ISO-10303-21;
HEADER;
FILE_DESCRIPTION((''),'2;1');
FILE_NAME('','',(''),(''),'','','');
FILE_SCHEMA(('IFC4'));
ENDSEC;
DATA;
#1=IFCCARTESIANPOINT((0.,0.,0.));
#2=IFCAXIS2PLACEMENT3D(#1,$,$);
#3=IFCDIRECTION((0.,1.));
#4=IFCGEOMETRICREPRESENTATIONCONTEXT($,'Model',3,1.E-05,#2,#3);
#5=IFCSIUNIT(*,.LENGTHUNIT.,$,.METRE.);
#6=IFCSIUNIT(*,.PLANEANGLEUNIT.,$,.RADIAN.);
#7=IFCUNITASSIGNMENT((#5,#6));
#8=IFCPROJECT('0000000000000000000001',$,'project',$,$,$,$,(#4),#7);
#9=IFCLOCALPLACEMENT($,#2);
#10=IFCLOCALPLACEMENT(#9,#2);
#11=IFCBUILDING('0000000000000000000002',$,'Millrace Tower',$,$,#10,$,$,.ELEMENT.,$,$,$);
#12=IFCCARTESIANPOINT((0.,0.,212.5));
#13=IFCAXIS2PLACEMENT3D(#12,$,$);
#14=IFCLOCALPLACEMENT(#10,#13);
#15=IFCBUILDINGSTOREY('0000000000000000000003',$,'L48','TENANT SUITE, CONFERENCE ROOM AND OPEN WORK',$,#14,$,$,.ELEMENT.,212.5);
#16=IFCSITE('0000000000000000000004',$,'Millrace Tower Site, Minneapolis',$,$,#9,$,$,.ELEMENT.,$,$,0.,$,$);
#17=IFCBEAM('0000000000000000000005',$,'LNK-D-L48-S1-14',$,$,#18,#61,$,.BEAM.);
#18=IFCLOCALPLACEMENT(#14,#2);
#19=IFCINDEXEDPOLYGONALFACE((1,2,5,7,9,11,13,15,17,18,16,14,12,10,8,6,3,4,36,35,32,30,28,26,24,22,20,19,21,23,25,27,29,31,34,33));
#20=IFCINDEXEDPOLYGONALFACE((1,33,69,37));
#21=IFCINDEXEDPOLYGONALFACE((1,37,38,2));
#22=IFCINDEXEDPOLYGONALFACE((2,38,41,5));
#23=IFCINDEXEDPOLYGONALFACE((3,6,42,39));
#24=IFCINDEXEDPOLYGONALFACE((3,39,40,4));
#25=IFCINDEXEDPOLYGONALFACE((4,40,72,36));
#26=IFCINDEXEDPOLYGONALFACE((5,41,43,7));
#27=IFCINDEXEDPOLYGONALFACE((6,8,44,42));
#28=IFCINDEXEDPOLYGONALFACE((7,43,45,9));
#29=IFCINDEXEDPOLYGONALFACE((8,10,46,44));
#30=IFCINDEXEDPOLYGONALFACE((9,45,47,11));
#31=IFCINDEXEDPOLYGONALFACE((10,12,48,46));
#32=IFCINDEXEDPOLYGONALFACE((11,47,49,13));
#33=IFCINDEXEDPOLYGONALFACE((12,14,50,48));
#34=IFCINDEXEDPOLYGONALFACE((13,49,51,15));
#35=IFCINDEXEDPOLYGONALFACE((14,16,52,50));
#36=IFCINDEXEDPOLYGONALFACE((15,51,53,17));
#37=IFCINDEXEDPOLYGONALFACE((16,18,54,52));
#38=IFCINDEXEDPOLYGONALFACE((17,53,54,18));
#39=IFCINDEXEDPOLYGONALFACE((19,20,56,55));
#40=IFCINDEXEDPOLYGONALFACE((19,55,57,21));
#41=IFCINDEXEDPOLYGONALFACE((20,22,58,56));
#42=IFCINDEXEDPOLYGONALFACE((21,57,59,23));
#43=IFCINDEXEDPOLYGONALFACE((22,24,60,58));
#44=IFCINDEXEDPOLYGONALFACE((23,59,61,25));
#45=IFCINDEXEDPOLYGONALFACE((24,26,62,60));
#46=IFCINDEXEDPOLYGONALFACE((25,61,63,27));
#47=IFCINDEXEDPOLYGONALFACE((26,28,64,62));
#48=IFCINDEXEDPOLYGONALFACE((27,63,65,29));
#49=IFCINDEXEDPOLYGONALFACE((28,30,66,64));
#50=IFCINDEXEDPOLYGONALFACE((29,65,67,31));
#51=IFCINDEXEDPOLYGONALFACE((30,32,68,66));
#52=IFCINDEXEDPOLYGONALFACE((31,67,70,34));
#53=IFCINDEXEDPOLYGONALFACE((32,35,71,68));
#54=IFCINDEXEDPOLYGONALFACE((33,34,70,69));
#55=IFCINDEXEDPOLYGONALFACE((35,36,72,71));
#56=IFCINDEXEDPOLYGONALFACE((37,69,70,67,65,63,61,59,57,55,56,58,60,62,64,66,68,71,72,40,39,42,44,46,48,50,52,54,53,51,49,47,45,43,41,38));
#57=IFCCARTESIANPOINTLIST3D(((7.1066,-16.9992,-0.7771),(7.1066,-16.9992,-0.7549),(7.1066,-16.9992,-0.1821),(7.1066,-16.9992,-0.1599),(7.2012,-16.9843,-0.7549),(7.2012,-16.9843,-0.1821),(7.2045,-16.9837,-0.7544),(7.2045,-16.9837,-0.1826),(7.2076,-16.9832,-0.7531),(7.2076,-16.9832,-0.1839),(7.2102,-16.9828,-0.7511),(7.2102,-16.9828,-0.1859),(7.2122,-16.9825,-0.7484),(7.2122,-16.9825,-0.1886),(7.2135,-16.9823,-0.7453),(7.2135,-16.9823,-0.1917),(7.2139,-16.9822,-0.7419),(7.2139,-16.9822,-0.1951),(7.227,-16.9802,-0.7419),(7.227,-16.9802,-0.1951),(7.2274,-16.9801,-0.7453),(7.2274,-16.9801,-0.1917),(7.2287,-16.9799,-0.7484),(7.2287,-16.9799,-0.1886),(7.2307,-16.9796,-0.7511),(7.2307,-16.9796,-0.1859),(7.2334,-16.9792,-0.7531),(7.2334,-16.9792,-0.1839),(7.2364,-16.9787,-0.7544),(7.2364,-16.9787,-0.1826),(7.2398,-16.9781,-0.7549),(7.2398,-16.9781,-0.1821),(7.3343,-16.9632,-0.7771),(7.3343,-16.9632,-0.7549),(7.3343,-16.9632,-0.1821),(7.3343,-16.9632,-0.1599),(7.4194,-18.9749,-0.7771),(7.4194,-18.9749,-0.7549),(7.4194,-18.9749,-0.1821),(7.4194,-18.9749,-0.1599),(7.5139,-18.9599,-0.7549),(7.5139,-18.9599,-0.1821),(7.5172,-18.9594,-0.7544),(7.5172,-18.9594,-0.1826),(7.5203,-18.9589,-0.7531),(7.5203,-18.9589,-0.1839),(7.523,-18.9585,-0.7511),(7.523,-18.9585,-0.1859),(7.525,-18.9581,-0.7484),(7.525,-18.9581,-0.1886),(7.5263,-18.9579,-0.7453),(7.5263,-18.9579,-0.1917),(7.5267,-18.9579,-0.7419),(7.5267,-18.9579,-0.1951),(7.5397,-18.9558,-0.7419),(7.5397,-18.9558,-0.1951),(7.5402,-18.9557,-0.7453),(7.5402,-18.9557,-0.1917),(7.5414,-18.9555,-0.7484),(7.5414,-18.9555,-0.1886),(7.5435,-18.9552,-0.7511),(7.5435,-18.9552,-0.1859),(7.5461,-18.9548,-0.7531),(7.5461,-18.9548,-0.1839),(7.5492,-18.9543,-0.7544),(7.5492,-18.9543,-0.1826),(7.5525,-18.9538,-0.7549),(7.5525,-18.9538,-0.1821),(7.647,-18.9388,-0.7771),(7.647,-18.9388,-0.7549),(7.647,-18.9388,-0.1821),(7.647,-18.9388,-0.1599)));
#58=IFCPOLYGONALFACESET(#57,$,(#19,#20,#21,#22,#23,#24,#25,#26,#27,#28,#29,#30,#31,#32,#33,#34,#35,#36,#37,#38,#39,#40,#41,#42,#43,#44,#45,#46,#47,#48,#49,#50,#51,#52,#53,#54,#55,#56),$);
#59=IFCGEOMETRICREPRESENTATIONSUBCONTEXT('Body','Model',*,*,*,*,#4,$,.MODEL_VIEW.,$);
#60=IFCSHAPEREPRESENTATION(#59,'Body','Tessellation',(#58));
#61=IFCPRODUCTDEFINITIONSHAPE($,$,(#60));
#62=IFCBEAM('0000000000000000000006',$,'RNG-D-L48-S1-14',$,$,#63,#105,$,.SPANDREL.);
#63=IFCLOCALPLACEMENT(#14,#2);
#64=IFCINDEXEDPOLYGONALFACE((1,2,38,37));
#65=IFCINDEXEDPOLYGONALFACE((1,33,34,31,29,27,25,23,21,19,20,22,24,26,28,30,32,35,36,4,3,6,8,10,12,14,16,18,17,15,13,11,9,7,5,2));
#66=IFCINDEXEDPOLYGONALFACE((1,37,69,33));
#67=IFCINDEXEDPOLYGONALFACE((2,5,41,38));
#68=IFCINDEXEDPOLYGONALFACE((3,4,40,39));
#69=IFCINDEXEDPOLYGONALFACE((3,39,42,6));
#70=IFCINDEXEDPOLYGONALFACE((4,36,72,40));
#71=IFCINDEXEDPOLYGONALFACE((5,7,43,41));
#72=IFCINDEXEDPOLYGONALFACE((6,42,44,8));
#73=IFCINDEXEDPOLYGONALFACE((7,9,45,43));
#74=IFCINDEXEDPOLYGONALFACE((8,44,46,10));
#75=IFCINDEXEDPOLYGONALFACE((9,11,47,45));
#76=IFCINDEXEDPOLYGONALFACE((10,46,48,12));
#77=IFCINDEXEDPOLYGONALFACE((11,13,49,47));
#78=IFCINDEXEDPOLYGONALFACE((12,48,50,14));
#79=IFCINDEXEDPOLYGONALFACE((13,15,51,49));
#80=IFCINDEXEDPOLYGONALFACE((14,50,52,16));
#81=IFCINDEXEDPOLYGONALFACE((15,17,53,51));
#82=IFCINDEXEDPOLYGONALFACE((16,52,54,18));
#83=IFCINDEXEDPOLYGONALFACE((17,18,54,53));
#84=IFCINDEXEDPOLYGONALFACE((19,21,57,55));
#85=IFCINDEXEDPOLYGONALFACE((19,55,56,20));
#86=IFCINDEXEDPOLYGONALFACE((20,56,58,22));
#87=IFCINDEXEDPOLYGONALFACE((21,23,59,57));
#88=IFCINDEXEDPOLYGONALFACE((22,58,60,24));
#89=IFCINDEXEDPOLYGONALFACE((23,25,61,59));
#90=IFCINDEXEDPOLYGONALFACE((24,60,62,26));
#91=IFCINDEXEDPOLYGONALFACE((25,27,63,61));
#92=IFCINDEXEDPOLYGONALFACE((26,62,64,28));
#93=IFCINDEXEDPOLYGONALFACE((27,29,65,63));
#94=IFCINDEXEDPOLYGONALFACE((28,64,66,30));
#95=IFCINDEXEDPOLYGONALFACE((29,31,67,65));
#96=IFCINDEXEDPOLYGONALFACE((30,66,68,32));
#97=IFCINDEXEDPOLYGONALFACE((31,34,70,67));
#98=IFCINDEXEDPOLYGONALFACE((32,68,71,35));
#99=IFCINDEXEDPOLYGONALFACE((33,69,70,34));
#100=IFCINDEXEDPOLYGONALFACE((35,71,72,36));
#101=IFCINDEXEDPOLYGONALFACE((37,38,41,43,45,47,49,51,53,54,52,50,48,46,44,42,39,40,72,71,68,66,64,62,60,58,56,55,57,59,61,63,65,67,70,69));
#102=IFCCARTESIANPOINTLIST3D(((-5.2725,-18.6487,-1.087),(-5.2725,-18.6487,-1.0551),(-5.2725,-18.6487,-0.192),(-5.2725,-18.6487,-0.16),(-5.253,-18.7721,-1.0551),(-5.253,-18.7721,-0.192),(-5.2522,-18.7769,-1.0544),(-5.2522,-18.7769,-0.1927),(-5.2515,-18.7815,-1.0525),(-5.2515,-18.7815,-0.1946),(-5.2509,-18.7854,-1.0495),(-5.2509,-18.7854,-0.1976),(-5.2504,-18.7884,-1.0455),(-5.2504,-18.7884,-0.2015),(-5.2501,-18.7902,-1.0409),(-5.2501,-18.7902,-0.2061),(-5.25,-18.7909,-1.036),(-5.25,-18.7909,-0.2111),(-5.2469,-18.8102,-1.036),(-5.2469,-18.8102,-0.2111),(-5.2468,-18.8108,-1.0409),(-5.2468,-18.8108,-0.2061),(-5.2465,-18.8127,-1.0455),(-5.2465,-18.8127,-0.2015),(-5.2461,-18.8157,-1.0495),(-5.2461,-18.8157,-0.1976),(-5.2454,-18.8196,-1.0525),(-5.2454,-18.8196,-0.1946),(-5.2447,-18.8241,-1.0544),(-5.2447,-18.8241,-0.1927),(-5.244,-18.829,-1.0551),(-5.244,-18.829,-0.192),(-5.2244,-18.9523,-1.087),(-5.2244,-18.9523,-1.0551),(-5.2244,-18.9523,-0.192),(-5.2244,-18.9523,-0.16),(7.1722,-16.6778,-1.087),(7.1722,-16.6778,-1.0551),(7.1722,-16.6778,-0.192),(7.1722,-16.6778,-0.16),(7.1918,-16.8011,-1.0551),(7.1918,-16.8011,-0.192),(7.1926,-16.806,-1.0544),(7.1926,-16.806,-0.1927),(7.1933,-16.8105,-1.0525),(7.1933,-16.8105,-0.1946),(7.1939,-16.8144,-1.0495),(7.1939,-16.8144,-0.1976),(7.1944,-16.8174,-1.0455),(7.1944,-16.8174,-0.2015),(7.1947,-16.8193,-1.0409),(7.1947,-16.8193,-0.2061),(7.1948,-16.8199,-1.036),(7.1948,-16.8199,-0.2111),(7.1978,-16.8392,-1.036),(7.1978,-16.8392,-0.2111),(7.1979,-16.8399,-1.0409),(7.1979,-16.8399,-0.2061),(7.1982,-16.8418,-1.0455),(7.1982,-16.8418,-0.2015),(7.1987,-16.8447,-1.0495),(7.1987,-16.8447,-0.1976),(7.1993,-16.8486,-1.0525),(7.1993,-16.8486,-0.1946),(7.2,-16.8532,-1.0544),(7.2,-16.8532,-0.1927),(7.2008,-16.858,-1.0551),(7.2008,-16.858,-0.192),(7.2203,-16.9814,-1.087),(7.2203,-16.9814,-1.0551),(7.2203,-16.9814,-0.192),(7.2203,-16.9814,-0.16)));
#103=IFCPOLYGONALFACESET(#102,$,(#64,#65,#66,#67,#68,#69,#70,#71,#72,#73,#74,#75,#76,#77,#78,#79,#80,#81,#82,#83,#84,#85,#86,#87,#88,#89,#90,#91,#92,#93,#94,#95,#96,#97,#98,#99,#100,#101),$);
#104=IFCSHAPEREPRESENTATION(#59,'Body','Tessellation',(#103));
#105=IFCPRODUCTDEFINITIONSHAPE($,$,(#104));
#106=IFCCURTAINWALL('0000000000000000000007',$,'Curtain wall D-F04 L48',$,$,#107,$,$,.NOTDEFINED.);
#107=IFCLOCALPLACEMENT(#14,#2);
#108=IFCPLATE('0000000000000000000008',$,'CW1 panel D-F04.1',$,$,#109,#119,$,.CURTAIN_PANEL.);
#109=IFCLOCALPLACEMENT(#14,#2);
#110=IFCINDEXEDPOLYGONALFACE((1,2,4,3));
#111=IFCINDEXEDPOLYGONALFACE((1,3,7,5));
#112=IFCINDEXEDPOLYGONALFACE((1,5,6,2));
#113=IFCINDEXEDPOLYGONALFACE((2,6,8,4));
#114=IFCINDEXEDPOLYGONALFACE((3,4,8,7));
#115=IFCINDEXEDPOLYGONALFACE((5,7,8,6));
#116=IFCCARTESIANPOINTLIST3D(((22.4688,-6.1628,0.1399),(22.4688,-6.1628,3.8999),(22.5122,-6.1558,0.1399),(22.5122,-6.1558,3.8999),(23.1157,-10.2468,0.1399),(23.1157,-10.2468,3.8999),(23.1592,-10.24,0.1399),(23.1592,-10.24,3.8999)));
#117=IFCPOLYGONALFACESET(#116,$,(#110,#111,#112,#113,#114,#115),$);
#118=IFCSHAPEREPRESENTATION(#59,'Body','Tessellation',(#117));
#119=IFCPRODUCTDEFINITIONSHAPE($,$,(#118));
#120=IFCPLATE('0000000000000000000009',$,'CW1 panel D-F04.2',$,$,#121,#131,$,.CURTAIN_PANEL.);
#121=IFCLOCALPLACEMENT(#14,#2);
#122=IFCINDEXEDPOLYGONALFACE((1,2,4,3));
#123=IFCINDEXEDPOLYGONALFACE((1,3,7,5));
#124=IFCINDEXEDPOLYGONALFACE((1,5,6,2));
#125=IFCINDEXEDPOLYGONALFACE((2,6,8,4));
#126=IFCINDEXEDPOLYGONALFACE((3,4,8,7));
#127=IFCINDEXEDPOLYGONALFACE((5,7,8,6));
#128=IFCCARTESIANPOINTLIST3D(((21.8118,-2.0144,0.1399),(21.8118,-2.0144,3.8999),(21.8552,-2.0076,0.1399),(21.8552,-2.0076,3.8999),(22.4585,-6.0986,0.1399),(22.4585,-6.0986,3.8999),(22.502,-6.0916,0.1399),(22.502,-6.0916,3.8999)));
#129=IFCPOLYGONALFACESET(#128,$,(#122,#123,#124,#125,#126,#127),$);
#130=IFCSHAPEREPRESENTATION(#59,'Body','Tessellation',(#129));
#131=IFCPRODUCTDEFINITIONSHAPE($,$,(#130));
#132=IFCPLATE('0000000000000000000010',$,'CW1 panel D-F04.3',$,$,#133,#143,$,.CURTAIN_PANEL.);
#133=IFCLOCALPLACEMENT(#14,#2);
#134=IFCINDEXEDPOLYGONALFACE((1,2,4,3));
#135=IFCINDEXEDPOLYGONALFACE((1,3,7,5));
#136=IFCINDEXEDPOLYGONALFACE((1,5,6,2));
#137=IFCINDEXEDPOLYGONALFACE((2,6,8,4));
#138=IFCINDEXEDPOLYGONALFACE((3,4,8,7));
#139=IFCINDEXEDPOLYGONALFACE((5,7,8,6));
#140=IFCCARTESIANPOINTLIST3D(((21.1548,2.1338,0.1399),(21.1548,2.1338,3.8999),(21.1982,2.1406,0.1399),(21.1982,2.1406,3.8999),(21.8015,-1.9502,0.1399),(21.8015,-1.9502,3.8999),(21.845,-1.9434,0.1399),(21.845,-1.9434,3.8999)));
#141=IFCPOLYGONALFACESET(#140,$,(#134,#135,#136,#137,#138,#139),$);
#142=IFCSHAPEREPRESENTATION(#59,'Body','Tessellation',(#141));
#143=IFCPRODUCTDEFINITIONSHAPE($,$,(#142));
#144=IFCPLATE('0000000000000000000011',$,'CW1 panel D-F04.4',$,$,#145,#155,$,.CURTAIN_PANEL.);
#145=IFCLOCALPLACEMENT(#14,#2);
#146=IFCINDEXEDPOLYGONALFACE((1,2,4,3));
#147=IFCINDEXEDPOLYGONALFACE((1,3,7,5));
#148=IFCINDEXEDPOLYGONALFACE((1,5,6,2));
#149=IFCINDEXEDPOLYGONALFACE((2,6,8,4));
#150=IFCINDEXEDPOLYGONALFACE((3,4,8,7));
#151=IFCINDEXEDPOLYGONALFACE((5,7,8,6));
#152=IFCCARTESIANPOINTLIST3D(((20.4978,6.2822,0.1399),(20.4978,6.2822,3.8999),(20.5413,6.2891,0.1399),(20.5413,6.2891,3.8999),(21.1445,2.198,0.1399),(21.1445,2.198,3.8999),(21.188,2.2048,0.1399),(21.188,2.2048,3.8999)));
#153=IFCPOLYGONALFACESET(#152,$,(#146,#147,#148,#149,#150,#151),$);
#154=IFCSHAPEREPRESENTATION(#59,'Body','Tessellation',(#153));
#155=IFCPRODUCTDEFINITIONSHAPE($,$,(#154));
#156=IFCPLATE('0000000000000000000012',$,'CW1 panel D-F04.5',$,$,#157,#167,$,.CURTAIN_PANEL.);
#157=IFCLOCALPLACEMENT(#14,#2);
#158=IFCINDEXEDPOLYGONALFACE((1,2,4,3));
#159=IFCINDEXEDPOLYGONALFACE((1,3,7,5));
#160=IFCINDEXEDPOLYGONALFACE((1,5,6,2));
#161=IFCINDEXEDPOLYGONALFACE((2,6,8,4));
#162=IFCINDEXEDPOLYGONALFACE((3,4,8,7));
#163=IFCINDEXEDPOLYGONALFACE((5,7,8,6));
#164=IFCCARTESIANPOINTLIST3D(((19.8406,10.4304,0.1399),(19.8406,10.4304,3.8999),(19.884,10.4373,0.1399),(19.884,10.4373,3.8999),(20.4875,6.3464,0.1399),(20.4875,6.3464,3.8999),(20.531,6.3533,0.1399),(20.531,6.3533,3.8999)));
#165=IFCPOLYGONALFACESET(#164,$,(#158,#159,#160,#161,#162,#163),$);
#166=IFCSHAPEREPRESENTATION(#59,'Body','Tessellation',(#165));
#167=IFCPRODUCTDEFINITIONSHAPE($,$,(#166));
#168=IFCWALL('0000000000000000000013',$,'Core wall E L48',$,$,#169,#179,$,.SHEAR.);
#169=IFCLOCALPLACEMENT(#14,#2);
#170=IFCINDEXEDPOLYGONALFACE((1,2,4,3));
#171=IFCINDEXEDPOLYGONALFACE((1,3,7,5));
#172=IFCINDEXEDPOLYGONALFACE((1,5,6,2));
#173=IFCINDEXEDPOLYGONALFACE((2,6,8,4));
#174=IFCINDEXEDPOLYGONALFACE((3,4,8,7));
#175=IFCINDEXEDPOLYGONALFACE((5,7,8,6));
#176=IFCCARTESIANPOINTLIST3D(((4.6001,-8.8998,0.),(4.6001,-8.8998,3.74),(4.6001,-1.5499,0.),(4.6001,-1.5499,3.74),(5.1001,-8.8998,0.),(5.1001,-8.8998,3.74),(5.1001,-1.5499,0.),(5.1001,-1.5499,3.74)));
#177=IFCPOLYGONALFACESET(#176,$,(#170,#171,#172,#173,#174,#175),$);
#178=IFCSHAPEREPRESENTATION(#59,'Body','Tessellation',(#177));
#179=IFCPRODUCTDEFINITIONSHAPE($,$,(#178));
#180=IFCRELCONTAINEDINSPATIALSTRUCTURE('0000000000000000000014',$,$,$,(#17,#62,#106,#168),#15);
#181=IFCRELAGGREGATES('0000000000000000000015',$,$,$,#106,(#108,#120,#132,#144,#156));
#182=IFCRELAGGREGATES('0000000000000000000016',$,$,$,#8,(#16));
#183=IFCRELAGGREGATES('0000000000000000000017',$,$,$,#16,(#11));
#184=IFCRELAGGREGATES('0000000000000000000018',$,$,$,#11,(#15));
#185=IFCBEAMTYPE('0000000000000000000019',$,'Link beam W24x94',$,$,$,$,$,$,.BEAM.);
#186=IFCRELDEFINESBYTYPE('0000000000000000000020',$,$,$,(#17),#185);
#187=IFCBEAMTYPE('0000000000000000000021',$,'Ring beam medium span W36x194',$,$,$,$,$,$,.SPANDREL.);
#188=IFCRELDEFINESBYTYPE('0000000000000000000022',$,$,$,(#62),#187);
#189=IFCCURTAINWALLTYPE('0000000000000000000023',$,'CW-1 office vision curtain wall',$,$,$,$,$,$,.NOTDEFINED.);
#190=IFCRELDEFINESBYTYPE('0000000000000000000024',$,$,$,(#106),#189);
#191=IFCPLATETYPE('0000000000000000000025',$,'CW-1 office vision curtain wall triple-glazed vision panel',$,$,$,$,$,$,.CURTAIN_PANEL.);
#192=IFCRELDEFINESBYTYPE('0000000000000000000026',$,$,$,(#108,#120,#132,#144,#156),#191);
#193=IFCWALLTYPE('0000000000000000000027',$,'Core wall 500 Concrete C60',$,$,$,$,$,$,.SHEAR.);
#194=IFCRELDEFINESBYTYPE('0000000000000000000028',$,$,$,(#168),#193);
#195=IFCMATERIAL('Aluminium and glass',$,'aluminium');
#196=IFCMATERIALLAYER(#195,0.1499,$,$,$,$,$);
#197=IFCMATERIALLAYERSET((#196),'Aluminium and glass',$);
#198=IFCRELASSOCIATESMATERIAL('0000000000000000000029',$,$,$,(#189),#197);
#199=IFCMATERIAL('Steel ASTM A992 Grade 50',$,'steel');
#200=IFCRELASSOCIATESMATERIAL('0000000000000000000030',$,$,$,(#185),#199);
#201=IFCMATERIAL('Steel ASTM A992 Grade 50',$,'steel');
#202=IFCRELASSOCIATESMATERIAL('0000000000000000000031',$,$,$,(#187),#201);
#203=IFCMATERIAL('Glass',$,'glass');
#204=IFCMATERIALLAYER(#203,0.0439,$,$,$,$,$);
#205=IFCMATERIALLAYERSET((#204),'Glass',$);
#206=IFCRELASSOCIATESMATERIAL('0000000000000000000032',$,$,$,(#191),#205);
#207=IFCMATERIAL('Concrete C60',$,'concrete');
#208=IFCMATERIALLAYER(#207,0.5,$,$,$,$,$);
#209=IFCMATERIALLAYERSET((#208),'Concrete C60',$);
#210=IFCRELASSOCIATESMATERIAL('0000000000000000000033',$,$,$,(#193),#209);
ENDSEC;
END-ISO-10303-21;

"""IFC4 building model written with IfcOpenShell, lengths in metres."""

from ifc_helpers import new_model, si_unit, direction, frame, frame_2d, origin, origin_2d, place, context, subcontext, project, spatial, polyline, rectangle, i_section, outline, extrude, material, layer, layer_set, material_profile, profile_set, type_object, element, aggregate, save


model = new_model("IFC4")

# Units and contexts
model_context = context("Model", 3, precision=1e-05, world=origin(), true_north=direction((0.0, 1.0)))
body_context = subcontext(model_context, "Body", "Model", "MODEL_VIEW")
ifc_project = project(units=[si_unit("LENGTHUNIT", "METRE"), si_unit("PLANEANGLEUNIT", "RADIAN")], contexts=[model_context])

# Site, building, storey
site_placement = place(None, origin())
site = spatial("IfcSite", under=ifc_project, at=site_placement, Name="Millrace Tower Site, Minneapolis", CompositionType="ELEMENT", RefElevation=0.0)
building_placement = place(site_placement, origin())
building = spatial("IfcBuilding", under=site, at=building_placement, Name="Millrace Tower", CompositionType="ELEMENT")
storey_placement = place(building_placement, frame((0.0, 0.0, 212.5)))
storey = spatial("IfcBuildingStorey", under=building, at=storey_placement, Name="L48", Description="TENANT SUITE, CONFERENCE ROOM AND OPEN WORK", CompositionType="ELEMENT", Elevation=212.5)

# Shared definitions
ifc_material_1 = material(Name="Aluminium and glass", Category="aluminium")
ifc_layer_1 = layer(ifc_material_1, 0.1499)
ifc_layer_set_1 = layer_set([ifc_layer_1], Name="Aluminium and glass")
curtain_wall_type = type_object("IfcCurtainWallType", Name="CW-1 office vision curtain wall", PredefinedType="NOTDEFINED", material=ifc_layer_set_1)
placement_1 = place(storey_placement, origin())

# Beams
ifc_material_2 = material(Name="Steel ASTM A992 Grade 50", Category="steel")
ifc_material_profile_1 = material_profile(ifc_material_2, i_section(OverallWidth=0.2305, OverallDepth=0.6172, WebThickness=0.0132, FlangeThickness=0.0222, FilletRadius=0.0129, at=origin_2d()))
ifc_profile_set_1 = profile_set([ifc_material_profile_1], Name="Steel ASTM A992 Grade 50")
beam_type_1 = type_object("IfcBeamType", Name="Link beam W24x94", PredefinedType="BEAM", material=ifc_profile_set_1)
beam_1_placement = place(storey_placement, frame((7.2205, -16.9812, -0.4685), z_axis=(0.156357, -0.987701, 0.0), x_axis=(0.987701, 0.156357, 0.0)))
element("IfcBeam", 1, at=beam_1_placement, inside=storey, type_object=beam_type_1, Name="LNK-D-L48-S1-14", PredefinedType="BEAM", context=body_context, shape_type="SweptSolid", body=[
    extrude(i_section(OverallWidth=0.2305, OverallDepth=0.6172, WebThickness=0.0132, FlangeThickness=0.0222, FilletRadius=0.0129, at=origin_2d()), origin(), (0.0, 0.0, 1.0), 2.0002),
])
ifc_material_3 = material(Name="Steel ASTM A992 Grade 50", Category="steel")
ifc_material_profile_2 = material_profile(ifc_material_3, i_section(OverallWidth=0.3074, OverallDepth=0.927, WebThickness=0.0195, FlangeThickness=0.032, FilletRadius=0.019, at=origin_2d()))
ifc_profile_set_2 = profile_set([ifc_material_profile_2], Name="Steel ASTM A992 Grade 50")
beam_type_2 = type_object("IfcBeamType", Name="Ring beam medium span W36x194", PredefinedType="SPANDREL", material=ifc_profile_set_2)
beam_2_placement = place(storey_placement, frame((7.1963, -16.8296, -0.6235), z_axis=(-0.98769, -0.156425, 0.0), x_axis=(0.156425, -0.98769, 0.0)))
element("IfcBeam", 2, at=beam_2_placement, inside=storey, type_object=beam_type_2, Name="RNG-D-L48-S1-14", PredefinedType="SPANDREL", context=body_context, shape_type="SweptSolid", body=[
    extrude(i_section(OverallWidth=0.3074, OverallDepth=0.927, WebThickness=0.0195, FlangeThickness=0.032, FilletRadius=0.019, at=origin_2d()), origin(), (0.0, 0.0, 1.0), 12.5999),
])

# Curtain wall, plates
curtain_wall_1 = element("IfcCurtainWall", 3, at=placement_1, inside=storey, type_object=curtain_wall_type, Name="Curtain wall D-F04 L48", PredefinedType="NOTDEFINED")
ifc_material_4 = material(Name="Glass", Category="glass")
ifc_layer_2 = layer(ifc_material_4, 0.0439)
ifc_layer_set_2 = layer_set([ifc_layer_2], Name="Glass")
plate_type = type_object("IfcPlateType", Name="CW-1 office vision curtain wall triple-glazed vision panel", PredefinedType="CURTAIN_PANEL", material=ifc_layer_set_2)
placement_2 = place(storey_placement, frame((0.0, 0.0, 0.1399)))
plate_1 = element("IfcPlate", 4, at=placement_2, type_object=plate_type, Name="CW1 panel D-F04.1", PredefinedType="CURTAIN_PANEL", context=body_context, shape_type="SweptSolid", body=[
    extrude(outline(polyline([(23.1592, -10.24), (22.5122, -6.1558), (22.4688, -6.1628), (23.1157, -10.2468), (23.1592, -10.24)])), origin(), (0.0, 0.0, 1.0), 3.76),
])
plate_2 = element("IfcPlate", 5, at=placement_2, type_object=plate_type, Name="CW1 panel D-F04.2", PredefinedType="CURTAIN_PANEL", context=body_context, shape_type="SweptSolid", body=[
    extrude(outline(polyline([(22.502, -6.0916), (21.8552, -2.0076), (21.8118, -2.0144), (22.4585, -6.0986), (22.502, -6.0916)])), origin(), (0.0, 0.0, 1.0), 3.76),
])
plate_3 = element("IfcPlate", 6, at=placement_2, type_object=plate_type, Name="CW1 panel D-F04.3", PredefinedType="CURTAIN_PANEL", context=body_context, shape_type="SweptSolid", body=[
    extrude(outline(polyline([(21.845, -1.9434), (21.1982, 2.1406), (21.1548, 2.1338), (21.8015, -1.9502), (21.845, -1.9434)])), origin(), (0.0, 0.0, 1.0), 3.76),
])
plate_4 = element("IfcPlate", 7, at=placement_2, type_object=plate_type, Name="CW1 panel D-F04.4", PredefinedType="CURTAIN_PANEL", context=body_context, shape_type="SweptSolid", body=[
    extrude(outline(polyline([(21.188, 2.2048), (20.5413, 6.2891), (20.4978, 6.2822), (21.1445, 2.198), (21.188, 2.2048)])), origin(), (0.0, 0.0, 1.0), 3.76),
])
plate_5 = element("IfcPlate", 8, at=placement_2, type_object=plate_type, Name="CW1 panel D-F04.5", PredefinedType="CURTAIN_PANEL", context=body_context, shape_type="SweptSolid", body=[
    extrude(outline(polyline([(20.531, 6.3533), (19.884, 10.4373), (19.8406, 10.4304), (20.4875, 6.3464), (20.531, 6.3533)])), origin(), (0.0, 0.0, 1.0), 3.76),
])
aggregate(curtain_wall_1, [plate_1, plate_2, plate_3, plate_4, plate_5])

# Wall
ifc_material_5 = material(Name="Concrete C60", Category="concrete")
ifc_layer_3 = layer(ifc_material_5, 0.5)
ifc_layer_set_3 = layer_set([ifc_layer_3], Name="Concrete C60")
wall_type_1 = type_object("IfcWallType", Name="Core wall 500 Concrete C60", PredefinedType="SHEAR", material=ifc_layer_set_3)
wall_1_placement = place(storey_placement, frame((4.8501, -1.55, 0.0), z_axis=(0.0, 0.0, 1.0), x_axis=(0.0, -1.0, 0.0)))
element("IfcWall", 9, at=wall_1_placement, inside=storey, type_object=wall_type_1, Name="Core wall E L48", PredefinedType="SHEAR", context=body_context, shape_type="SweptSolid", body=[
    extrude(rectangle(XDim=7.3499, YDim=0.5, at=frame_2d((3.6748, 0.0))), origin(), (0.0, 0.0, 1.0), 3.74),
])

save(model, "model.ifc")
